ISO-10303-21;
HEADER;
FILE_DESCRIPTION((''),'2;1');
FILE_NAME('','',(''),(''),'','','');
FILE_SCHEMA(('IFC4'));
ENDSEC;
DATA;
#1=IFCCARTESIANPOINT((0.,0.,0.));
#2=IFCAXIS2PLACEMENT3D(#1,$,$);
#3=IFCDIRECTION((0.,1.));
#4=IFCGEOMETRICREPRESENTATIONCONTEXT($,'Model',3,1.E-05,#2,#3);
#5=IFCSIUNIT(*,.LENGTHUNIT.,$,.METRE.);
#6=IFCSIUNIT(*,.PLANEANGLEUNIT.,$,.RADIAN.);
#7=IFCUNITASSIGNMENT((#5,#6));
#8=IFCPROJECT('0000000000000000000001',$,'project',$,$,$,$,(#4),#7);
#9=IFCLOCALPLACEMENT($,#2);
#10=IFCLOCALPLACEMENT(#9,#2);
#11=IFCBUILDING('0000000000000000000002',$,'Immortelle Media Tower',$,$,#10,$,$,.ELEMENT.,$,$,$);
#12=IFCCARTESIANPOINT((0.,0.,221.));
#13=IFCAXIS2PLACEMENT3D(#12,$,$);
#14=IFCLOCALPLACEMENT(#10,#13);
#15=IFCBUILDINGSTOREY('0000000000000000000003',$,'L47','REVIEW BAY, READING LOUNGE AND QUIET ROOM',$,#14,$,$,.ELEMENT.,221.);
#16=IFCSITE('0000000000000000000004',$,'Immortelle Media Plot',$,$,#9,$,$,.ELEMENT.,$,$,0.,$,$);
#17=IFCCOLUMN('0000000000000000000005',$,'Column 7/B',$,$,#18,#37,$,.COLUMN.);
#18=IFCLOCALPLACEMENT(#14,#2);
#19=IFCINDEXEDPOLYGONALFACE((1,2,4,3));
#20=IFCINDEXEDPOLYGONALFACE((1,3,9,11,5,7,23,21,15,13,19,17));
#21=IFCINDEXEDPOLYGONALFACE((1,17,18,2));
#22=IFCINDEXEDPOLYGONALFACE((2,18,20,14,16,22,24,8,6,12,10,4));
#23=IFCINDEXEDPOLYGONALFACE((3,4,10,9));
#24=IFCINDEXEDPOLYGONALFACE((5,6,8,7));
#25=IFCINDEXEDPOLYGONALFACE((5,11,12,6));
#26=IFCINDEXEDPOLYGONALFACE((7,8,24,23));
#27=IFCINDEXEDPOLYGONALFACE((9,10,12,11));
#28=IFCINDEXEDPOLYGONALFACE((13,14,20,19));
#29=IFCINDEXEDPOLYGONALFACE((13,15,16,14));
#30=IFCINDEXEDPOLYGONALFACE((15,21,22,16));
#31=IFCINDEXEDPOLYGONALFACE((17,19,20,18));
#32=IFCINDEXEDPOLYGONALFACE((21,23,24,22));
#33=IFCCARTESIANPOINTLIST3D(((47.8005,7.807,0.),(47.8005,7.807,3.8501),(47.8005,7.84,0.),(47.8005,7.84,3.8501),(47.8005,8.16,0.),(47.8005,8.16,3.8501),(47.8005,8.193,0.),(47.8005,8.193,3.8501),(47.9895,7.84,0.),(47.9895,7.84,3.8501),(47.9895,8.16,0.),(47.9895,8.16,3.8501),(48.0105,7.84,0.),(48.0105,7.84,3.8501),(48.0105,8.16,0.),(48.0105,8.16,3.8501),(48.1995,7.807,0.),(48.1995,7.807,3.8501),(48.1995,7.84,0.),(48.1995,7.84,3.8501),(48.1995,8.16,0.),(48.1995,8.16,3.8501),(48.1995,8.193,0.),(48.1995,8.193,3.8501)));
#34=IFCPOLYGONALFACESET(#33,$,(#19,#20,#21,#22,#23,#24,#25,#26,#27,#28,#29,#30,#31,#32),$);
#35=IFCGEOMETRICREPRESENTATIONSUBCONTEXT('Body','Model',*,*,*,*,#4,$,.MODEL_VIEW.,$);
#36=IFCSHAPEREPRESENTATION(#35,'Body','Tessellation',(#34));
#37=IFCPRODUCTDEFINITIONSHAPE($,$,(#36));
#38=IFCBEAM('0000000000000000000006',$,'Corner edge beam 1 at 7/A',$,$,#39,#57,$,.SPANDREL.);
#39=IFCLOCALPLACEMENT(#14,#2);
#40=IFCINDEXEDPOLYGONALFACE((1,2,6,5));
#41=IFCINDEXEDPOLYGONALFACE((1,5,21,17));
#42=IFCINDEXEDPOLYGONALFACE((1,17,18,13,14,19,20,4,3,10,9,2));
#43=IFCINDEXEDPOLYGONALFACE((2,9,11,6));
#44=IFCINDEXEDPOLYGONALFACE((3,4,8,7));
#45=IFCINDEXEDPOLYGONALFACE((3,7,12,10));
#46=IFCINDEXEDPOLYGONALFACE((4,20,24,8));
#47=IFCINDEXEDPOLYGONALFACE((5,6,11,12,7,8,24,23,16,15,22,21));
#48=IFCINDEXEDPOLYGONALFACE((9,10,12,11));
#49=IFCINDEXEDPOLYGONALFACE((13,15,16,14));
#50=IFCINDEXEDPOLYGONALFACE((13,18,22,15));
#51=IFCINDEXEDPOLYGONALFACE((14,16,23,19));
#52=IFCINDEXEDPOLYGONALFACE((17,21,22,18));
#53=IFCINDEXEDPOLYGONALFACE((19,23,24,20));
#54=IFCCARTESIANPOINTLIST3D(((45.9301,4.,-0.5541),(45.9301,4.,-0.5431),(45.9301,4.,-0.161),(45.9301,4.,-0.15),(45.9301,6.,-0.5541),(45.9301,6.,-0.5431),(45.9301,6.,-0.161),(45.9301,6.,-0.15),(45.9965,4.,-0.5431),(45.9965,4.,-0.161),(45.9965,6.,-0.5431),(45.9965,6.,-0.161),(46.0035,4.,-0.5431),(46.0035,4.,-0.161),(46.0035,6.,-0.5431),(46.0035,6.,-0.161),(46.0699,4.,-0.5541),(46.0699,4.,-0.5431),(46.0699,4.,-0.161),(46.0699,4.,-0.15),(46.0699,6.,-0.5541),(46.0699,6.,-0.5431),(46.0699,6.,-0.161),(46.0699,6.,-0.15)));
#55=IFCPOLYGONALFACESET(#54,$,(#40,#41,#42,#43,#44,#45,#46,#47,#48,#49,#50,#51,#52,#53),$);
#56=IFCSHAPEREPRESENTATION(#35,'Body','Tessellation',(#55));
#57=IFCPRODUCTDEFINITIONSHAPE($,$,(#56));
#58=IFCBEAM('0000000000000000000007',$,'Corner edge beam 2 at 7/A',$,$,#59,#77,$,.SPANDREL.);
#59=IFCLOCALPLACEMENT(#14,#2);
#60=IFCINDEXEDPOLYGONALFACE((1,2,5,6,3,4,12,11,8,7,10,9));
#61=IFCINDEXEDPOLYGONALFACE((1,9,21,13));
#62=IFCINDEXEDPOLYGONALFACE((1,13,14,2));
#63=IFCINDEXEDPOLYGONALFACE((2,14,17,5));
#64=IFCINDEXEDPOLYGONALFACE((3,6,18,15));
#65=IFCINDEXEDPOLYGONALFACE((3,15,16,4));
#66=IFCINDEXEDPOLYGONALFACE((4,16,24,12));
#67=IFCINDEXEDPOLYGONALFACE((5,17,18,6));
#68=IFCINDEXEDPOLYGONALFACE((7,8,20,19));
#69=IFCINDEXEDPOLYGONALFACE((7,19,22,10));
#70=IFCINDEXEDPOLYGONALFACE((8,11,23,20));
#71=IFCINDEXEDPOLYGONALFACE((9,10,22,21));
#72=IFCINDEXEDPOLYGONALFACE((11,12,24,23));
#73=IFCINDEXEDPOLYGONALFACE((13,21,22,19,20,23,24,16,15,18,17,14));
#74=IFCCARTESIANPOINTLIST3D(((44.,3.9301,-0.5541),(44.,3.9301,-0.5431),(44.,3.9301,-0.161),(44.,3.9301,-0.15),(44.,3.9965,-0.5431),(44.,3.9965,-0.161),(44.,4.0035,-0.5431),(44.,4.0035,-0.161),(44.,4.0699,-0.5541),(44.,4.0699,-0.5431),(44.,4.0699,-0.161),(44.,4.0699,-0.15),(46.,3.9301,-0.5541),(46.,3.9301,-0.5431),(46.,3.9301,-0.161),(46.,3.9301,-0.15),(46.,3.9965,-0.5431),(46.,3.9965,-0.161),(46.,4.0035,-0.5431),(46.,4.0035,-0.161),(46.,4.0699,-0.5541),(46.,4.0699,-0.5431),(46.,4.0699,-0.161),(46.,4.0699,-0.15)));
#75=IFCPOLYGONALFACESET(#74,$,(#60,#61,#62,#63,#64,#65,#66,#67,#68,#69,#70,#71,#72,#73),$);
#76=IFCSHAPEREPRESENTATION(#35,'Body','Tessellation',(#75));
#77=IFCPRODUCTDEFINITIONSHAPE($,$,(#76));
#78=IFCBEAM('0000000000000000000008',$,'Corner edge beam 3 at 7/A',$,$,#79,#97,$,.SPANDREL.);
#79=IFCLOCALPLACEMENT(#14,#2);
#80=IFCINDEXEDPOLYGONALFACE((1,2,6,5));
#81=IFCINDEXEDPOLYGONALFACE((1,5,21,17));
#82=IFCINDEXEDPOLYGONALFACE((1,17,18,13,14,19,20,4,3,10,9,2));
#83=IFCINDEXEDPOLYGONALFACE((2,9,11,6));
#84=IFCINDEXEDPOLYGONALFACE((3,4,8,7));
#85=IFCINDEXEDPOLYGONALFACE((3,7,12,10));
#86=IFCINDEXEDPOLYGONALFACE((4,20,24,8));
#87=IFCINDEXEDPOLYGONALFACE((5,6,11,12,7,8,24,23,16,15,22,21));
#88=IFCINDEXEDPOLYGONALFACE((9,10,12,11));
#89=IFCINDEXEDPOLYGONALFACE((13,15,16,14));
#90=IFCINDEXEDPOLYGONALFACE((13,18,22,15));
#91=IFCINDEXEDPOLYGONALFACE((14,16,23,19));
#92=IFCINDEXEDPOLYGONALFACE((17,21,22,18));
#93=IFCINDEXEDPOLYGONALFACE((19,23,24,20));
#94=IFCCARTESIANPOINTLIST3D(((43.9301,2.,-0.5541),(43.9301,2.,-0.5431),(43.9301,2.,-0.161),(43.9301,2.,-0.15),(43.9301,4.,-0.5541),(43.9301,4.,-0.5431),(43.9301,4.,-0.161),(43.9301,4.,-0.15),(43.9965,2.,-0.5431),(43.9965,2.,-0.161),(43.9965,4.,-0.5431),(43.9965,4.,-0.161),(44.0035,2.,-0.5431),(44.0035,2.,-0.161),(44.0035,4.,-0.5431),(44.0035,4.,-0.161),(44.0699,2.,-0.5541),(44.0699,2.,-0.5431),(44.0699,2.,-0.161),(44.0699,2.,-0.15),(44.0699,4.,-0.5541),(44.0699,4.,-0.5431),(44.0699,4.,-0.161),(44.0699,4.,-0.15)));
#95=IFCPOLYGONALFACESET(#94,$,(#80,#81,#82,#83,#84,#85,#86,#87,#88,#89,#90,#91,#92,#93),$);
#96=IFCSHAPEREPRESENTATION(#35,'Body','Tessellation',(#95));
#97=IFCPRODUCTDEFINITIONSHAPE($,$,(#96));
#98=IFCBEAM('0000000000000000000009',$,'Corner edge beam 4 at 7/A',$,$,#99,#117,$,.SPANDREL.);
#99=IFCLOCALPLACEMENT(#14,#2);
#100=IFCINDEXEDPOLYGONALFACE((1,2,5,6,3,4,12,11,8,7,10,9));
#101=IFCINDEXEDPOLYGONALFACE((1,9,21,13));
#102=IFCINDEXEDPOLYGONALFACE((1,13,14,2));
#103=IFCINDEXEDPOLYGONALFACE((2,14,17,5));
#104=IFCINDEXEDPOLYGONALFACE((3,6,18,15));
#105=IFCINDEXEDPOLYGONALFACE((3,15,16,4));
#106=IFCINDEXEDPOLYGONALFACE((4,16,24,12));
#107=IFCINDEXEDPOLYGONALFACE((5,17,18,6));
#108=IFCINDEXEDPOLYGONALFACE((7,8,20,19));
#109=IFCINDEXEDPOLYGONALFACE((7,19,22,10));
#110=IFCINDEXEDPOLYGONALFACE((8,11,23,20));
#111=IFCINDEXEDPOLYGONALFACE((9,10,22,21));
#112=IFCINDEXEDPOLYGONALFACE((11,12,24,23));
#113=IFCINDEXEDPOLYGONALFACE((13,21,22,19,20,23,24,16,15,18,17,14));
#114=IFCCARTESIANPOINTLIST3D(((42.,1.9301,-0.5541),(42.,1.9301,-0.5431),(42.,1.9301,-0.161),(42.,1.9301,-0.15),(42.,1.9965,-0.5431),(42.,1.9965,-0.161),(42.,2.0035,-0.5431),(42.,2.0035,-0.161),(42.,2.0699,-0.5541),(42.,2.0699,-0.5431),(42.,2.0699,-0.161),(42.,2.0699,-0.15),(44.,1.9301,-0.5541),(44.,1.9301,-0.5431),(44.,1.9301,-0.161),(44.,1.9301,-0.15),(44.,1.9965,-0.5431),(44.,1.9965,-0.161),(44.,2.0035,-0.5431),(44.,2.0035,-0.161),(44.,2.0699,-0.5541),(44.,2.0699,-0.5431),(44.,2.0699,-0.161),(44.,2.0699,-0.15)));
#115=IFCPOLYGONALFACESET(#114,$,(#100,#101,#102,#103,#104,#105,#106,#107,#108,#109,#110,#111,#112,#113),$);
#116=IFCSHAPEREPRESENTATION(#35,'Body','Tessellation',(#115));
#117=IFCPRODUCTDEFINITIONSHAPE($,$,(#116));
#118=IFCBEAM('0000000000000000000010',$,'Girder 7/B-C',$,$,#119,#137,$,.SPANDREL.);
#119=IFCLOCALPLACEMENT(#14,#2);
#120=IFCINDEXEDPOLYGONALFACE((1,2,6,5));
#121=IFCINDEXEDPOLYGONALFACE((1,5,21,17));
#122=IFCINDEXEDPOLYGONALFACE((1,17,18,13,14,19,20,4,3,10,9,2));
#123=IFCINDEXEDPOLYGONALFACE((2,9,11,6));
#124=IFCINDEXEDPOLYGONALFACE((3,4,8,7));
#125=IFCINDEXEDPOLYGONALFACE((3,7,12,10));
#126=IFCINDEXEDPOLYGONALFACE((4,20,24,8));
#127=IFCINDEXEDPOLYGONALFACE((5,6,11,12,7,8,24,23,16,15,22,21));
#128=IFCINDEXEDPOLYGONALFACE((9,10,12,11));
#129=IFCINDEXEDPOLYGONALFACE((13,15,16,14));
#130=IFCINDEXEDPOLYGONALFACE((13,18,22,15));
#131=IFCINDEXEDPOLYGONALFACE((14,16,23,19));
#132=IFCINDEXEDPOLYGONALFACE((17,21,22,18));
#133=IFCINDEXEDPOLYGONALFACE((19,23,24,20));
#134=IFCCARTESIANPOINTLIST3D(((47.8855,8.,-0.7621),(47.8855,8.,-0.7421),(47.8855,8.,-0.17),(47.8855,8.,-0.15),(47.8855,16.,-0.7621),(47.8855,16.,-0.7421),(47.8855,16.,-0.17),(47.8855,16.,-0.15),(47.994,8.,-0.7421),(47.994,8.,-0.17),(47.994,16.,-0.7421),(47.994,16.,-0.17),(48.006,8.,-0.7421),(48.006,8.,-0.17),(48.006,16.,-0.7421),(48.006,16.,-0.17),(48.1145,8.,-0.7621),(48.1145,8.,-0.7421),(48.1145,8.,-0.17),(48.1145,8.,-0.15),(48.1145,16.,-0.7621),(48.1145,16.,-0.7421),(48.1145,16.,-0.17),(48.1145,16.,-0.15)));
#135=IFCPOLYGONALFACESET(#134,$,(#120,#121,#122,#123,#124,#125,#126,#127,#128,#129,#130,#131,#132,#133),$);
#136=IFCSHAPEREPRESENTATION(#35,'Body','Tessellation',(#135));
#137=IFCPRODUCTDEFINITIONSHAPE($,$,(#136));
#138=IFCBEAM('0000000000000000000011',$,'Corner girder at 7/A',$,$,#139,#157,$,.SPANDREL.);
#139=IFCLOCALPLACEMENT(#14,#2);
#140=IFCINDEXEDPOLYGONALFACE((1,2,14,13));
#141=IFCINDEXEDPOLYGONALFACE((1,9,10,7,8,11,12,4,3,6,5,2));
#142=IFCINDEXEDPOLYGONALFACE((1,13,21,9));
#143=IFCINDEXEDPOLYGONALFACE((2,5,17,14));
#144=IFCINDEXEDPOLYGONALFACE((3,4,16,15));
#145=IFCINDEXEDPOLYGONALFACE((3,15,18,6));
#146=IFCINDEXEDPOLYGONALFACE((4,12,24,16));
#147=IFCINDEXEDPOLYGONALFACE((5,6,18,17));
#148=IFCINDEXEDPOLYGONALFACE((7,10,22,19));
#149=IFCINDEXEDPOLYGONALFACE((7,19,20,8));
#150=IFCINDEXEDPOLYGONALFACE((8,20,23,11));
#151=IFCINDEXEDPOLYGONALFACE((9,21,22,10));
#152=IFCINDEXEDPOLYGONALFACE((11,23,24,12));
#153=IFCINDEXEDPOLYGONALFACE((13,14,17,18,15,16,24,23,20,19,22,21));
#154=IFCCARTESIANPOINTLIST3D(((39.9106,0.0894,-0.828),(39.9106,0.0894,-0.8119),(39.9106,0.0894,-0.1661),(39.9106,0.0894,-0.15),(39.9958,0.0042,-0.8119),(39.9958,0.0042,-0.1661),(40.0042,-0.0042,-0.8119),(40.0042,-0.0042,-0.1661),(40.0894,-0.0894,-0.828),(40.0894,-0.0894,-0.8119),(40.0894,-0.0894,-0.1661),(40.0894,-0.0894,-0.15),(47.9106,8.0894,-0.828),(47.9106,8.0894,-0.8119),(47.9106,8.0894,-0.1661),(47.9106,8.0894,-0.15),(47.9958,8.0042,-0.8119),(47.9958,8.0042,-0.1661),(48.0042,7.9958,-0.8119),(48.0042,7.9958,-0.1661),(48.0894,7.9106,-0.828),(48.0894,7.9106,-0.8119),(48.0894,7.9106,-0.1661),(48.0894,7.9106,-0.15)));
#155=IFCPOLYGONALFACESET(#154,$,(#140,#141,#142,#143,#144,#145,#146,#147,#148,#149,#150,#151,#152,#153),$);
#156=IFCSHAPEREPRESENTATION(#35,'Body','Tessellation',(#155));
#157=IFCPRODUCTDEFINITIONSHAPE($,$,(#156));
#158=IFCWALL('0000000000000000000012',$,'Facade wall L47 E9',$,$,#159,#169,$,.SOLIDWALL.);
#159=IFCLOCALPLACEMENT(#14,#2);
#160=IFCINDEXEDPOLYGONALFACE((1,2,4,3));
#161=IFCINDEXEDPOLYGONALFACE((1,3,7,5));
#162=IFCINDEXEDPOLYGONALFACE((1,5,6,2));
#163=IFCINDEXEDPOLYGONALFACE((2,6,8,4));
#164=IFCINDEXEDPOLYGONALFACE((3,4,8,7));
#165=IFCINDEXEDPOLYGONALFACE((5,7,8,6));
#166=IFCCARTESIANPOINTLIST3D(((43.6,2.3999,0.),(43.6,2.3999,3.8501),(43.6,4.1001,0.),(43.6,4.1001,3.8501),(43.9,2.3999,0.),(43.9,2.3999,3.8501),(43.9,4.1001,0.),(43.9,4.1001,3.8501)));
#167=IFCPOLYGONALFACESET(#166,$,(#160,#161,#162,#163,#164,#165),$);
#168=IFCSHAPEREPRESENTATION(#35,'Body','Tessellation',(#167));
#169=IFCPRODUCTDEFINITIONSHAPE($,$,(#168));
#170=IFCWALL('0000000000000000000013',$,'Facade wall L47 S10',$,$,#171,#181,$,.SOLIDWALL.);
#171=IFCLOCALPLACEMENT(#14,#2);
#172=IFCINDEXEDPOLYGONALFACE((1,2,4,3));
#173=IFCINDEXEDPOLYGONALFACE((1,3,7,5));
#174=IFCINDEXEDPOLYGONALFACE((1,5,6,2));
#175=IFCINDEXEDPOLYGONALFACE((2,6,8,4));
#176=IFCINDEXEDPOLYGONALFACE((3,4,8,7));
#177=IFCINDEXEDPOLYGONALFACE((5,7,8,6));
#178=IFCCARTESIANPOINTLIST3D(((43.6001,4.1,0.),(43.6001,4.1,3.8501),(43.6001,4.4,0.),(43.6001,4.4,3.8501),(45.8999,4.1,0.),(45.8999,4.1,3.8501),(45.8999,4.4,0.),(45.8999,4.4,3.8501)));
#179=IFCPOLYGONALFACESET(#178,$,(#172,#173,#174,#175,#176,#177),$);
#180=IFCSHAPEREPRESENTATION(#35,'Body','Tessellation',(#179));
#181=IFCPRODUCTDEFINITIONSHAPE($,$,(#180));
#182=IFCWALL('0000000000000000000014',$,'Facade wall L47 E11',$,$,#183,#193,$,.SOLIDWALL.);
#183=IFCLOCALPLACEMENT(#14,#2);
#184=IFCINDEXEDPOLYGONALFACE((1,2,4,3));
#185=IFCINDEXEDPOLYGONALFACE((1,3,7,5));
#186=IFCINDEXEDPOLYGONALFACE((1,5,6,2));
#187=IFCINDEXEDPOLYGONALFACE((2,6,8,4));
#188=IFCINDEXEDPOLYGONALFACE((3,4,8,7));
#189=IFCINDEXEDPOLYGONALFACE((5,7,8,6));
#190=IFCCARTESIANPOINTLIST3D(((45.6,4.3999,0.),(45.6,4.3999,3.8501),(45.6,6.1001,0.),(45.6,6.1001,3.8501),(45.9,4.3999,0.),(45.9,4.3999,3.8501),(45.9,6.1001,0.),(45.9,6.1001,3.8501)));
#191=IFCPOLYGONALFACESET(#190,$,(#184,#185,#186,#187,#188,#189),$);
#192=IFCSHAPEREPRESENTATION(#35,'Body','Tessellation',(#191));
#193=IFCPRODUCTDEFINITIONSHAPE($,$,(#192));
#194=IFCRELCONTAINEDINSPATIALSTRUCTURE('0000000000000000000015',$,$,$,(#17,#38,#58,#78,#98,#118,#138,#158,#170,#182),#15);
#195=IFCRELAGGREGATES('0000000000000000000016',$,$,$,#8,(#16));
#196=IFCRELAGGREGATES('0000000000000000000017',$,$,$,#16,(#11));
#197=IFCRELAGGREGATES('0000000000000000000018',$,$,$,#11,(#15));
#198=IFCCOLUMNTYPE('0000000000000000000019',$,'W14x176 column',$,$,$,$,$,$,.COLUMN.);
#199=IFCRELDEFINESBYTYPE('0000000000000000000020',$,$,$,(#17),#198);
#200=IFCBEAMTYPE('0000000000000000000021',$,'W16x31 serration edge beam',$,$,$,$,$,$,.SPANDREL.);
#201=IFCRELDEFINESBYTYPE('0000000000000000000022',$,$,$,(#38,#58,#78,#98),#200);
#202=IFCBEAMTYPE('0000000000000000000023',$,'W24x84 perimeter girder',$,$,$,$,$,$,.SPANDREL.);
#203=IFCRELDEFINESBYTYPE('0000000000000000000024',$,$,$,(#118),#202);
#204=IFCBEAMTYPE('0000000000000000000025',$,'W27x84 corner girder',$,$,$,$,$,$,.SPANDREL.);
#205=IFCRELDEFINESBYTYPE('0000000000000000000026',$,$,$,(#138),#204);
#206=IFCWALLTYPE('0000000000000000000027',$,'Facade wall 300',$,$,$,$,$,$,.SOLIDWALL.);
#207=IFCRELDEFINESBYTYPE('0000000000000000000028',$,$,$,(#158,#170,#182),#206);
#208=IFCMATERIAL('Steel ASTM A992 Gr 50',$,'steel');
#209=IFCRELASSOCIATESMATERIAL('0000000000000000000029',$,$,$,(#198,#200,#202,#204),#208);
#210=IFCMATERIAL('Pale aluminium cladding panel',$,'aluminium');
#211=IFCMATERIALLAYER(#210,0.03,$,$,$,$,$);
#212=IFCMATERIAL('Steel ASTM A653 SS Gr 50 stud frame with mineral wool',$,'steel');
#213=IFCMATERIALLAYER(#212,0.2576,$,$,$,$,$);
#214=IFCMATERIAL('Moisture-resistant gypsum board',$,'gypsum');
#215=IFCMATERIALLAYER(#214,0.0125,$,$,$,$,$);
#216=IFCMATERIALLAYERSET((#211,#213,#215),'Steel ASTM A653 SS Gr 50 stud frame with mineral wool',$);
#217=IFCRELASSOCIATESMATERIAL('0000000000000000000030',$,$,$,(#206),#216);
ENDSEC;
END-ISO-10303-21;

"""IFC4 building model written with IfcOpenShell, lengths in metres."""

from ifc_helpers import new_model, si_unit, direction, frame, frame_2d, origin, origin_2d, place, context, subcontext, project, spatial, rectangle, i_section, extrude, material, layer, layer_set, material_profile, profile_set, type_object, element, save


model = new_model("IFC4")

# Units and contexts
model_context = context("Model", 3, precision=1e-05, world=origin(), true_north=direction((0.0, 1.0)))
body_context = subcontext(model_context, "Body", "Model", "MODEL_VIEW")
ifc_project = project(units=[si_unit("LENGTHUNIT", "METRE"), si_unit("PLANEANGLEUNIT", "RADIAN")], contexts=[model_context])

# Site, building, storey
site_placement = place(None, origin())
site = spatial("IfcSite", under=ifc_project, at=site_placement, Name="Immortelle Media Plot", CompositionType="ELEMENT", RefElevation=0.0)
building_placement = place(site_placement, origin())
building = spatial("IfcBuilding", under=site, at=building_placement, Name="Immortelle Media Tower", CompositionType="ELEMENT")
storey_placement = place(building_placement, frame((0.0, 0.0, 221.0)))
storey = spatial("IfcBuildingStorey", under=building, at=storey_placement, Name="L47", Description="REVIEW BAY, READING LOUNGE AND QUIET ROOM", CompositionType="ELEMENT", Elevation=221.0)

# Column
ifc_material_1 = material(Name="Steel ASTM A992 Gr 50", Category="steel")
ifc_material_profile_1 = material_profile(ifc_material_1, i_section(OverallWidth=0.3989, OverallDepth=0.386, WebThickness=0.021, FlangeThickness=0.033, at=origin_2d()), Name="W14x176")
ifc_profile_set_1 = profile_set([ifc_material_profile_1], Name="Steel ASTM A992 Gr 50")
column_type = type_object("IfcColumnType", Name="W14x176 column", PredefinedType="COLUMN", material=ifc_profile_set_1)
column_placement = place(storey_placement, frame((48.0, 8.0, 0.0), z_axis=(0.0, 0.0, 1.0), x_axis=(1.0, 0.0, 0.0)))
element("IfcColumn", 1, at=column_placement, inside=storey, type_object=column_type, Name="Column 7/B", PredefinedType="COLUMN", context=body_context, shape_type="SweptSolid", body=[
    extrude(i_section(OverallWidth=0.3989, OverallDepth=0.386, WebThickness=0.021, FlangeThickness=0.033, at=origin_2d()), origin(), (0.0, 0.0, 1.0), 3.8501),
])

# Beams
ifc_material_profile_2 = material_profile(ifc_material_1, i_section(OverallWidth=0.1399, OverallDepth=0.4041, WebThickness=0.0071, FlangeThickness=0.011, at=origin_2d()), Name="W16x31")
ifc_profile_set_2 = profile_set([ifc_material_profile_2], Name="Steel ASTM A992 Gr 50")
beam_type_1 = type_object("IfcBeamType", Name="W16x31 serration edge beam", PredefinedType="SPANDREL", material=ifc_profile_set_2)
for number, where, z_axis, x_axis, name in (
    (2, (46.0, 6.0, -0.3521), (0.0, -1.0, 0.0), (1.0, 0.0, 0.0), "Corner edge beam 1 at 7/A"),
    (3, (46.0, 4.0, -0.3521), (-1.0, 0.0, 0.0), (0.0, -1.0, 0.0), "Corner edge beam 2 at 7/A"),
    (4, (44.0, 4.0, -0.3521), (0.0, -1.0, 0.0), (1.0, 0.0, 0.0), "Corner edge beam 3 at 7/A"),
    (5, (44.0, 2.0, -0.3521), (-1.0, 0.0, 0.0), (0.0, -1.0, 0.0), "Corner edge beam 4 at 7/A"),
):
    element("IfcBeam", number, at=place(storey_placement, frame(where, z_axis=z_axis, x_axis=x_axis)), inside=storey, type_object=beam_type_1, Name=name, PredefinedType="SPANDREL", context=body_context, shape_type="SweptSolid", body=[
        extrude(i_section(OverallWidth=0.1399, OverallDepth=0.4041, WebThickness=0.0071, FlangeThickness=0.011, at=origin_2d()), origin(), (0.0, 0.0, 1.0), 2.0),
    ])
ifc_material_profile_3 = material_profile(ifc_material_1, i_section(OverallWidth=0.229, OverallDepth=0.6121, WebThickness=0.012, FlangeThickness=0.02, at=origin_2d()), Name="W24x84")
ifc_profile_set_3 = profile_set([ifc_material_profile_3], Name="Steel ASTM A992 Gr 50")
beam_type_2 = type_object("IfcBeamType", Name="W24x84 perimeter girder", PredefinedType="SPANDREL", material=ifc_profile_set_3)
beam_1_placement = place(storey_placement, frame((48.0, 8.0, -0.4561), z_axis=(0.0, 1.0, 0.0), x_axis=(-1.0, 0.0, 0.0)))
element("IfcBeam", 6, at=beam_1_placement, inside=storey, type_object=beam_type_2, Name="Girder 7/B-C", PredefinedType="SPANDREL", context=body_context, shape_type="SweptSolid", body=[
    extrude(i_section(OverallWidth=0.229, OverallDepth=0.6121, WebThickness=0.012, FlangeThickness=0.02, at=origin_2d()), origin(), (0.0, 0.0, 1.0), 8.0),
])
ifc_material_profile_4 = material_profile(ifc_material_1, i_section(OverallWidth=0.2529, OverallDepth=0.678, WebThickness=0.012, FlangeThickness=0.0161, at=origin_2d()), Name="W27x84")
ifc_profile_set_4 = profile_set([ifc_material_profile_4], Name="Steel ASTM A992 Gr 50")
beam_type_3 = type_object("IfcBeamType", Name="W27x84 corner girder", PredefinedType="SPANDREL", material=ifc_profile_set_4)
beam_2_placement = place(storey_placement, frame((48.0, 8.0, -0.489), z_axis=(-0.707107, -0.707107, 0.0), x_axis=(0.707107, -0.707107, 0.0)))
element("IfcBeam", 7, at=beam_2_placement, inside=storey, type_object=beam_type_3, Name="Corner girder at 7/A", PredefinedType="SPANDREL", context=body_context, shape_type="SweptSolid", body=[
    extrude(i_section(OverallWidth=0.2529, OverallDepth=0.678, WebThickness=0.012, FlangeThickness=0.0161, at=origin_2d()), origin(), (0.0, 0.0, 1.0), 11.3137),
])

# Walls
ifc_material_2 = material(Name="Pale aluminium cladding panel", Category="aluminium")
ifc_layer_1 = layer(ifc_material_2, 0.03)
ifc_material_3 = material(Name="Steel ASTM A653 SS Gr 50 stud frame with mineral wool", Category="steel")
ifc_layer_2 = layer(ifc_material_3, 0.2576)
ifc_material_4 = material(Name="Moisture-resistant gypsum board", Category="gypsum")
ifc_layer_3 = layer(ifc_material_4, 0.0125)
ifc_layer_set_1 = layer_set([ifc_layer_1, ifc_layer_2, ifc_layer_3], Name="Steel ASTM A653 SS Gr 50 stud frame with mineral wool")
wall_type_1 = type_object("IfcWallType", Name="Facade wall 300", PredefinedType="SOLIDWALL", material=ifc_layer_set_1)
wall_1_placement = place(storey_placement, frame((43.75, 2.3999, 0.0), z_axis=(0.0, 0.0, 1.0), x_axis=(0.0, 1.0, 0.0)))
element("IfcWall", 8, at=wall_1_placement, inside=storey, type_object=wall_type_1, Name="Facade wall L47 E9", PredefinedType="SOLIDWALL", context=body_context, shape_type="SweptSolid", body=[
    extrude(rectangle(XDim=1.7002, YDim=0.3, at=frame_2d((0.8501, 0.0))), origin(), (0.0, 0.0, 1.0), 3.8501),
])
wall_2_placement = place(storey_placement, frame((43.6001, 4.25, 0.0), z_axis=(0.0, 0.0, 1.0), x_axis=(1.0, 0.0, 0.0)))
element("IfcWall", 9, at=wall_2_placement, inside=storey, type_object=wall_type_1, Name="Facade wall L47 S10", PredefinedType="SOLIDWALL", context=body_context, shape_type="SweptSolid", body=[
    extrude(rectangle(XDim=2.2998, YDim=0.3, at=frame_2d((1.1499, 0.0))), origin(), (0.0, 0.0, 1.0), 3.8501),
])
wall_3_placement = place(storey_placement, frame((45.75, 4.3999, 0.0), z_axis=(0.0, 0.0, 1.0), x_axis=(0.0, 1.0, 0.0)))
element("IfcWall", 10, at=wall_3_placement, inside=storey, type_object=wall_type_1, Name="Facade wall L47 E11", PredefinedType="SOLIDWALL", context=body_context, shape_type="SweptSolid", body=[
    extrude(rectangle(XDim=1.7002, YDim=0.3, at=frame_2d((0.8501, 0.0))), origin(), (0.0, 0.0, 1.0), 3.8501),
])

save(model, "model.ifc")
